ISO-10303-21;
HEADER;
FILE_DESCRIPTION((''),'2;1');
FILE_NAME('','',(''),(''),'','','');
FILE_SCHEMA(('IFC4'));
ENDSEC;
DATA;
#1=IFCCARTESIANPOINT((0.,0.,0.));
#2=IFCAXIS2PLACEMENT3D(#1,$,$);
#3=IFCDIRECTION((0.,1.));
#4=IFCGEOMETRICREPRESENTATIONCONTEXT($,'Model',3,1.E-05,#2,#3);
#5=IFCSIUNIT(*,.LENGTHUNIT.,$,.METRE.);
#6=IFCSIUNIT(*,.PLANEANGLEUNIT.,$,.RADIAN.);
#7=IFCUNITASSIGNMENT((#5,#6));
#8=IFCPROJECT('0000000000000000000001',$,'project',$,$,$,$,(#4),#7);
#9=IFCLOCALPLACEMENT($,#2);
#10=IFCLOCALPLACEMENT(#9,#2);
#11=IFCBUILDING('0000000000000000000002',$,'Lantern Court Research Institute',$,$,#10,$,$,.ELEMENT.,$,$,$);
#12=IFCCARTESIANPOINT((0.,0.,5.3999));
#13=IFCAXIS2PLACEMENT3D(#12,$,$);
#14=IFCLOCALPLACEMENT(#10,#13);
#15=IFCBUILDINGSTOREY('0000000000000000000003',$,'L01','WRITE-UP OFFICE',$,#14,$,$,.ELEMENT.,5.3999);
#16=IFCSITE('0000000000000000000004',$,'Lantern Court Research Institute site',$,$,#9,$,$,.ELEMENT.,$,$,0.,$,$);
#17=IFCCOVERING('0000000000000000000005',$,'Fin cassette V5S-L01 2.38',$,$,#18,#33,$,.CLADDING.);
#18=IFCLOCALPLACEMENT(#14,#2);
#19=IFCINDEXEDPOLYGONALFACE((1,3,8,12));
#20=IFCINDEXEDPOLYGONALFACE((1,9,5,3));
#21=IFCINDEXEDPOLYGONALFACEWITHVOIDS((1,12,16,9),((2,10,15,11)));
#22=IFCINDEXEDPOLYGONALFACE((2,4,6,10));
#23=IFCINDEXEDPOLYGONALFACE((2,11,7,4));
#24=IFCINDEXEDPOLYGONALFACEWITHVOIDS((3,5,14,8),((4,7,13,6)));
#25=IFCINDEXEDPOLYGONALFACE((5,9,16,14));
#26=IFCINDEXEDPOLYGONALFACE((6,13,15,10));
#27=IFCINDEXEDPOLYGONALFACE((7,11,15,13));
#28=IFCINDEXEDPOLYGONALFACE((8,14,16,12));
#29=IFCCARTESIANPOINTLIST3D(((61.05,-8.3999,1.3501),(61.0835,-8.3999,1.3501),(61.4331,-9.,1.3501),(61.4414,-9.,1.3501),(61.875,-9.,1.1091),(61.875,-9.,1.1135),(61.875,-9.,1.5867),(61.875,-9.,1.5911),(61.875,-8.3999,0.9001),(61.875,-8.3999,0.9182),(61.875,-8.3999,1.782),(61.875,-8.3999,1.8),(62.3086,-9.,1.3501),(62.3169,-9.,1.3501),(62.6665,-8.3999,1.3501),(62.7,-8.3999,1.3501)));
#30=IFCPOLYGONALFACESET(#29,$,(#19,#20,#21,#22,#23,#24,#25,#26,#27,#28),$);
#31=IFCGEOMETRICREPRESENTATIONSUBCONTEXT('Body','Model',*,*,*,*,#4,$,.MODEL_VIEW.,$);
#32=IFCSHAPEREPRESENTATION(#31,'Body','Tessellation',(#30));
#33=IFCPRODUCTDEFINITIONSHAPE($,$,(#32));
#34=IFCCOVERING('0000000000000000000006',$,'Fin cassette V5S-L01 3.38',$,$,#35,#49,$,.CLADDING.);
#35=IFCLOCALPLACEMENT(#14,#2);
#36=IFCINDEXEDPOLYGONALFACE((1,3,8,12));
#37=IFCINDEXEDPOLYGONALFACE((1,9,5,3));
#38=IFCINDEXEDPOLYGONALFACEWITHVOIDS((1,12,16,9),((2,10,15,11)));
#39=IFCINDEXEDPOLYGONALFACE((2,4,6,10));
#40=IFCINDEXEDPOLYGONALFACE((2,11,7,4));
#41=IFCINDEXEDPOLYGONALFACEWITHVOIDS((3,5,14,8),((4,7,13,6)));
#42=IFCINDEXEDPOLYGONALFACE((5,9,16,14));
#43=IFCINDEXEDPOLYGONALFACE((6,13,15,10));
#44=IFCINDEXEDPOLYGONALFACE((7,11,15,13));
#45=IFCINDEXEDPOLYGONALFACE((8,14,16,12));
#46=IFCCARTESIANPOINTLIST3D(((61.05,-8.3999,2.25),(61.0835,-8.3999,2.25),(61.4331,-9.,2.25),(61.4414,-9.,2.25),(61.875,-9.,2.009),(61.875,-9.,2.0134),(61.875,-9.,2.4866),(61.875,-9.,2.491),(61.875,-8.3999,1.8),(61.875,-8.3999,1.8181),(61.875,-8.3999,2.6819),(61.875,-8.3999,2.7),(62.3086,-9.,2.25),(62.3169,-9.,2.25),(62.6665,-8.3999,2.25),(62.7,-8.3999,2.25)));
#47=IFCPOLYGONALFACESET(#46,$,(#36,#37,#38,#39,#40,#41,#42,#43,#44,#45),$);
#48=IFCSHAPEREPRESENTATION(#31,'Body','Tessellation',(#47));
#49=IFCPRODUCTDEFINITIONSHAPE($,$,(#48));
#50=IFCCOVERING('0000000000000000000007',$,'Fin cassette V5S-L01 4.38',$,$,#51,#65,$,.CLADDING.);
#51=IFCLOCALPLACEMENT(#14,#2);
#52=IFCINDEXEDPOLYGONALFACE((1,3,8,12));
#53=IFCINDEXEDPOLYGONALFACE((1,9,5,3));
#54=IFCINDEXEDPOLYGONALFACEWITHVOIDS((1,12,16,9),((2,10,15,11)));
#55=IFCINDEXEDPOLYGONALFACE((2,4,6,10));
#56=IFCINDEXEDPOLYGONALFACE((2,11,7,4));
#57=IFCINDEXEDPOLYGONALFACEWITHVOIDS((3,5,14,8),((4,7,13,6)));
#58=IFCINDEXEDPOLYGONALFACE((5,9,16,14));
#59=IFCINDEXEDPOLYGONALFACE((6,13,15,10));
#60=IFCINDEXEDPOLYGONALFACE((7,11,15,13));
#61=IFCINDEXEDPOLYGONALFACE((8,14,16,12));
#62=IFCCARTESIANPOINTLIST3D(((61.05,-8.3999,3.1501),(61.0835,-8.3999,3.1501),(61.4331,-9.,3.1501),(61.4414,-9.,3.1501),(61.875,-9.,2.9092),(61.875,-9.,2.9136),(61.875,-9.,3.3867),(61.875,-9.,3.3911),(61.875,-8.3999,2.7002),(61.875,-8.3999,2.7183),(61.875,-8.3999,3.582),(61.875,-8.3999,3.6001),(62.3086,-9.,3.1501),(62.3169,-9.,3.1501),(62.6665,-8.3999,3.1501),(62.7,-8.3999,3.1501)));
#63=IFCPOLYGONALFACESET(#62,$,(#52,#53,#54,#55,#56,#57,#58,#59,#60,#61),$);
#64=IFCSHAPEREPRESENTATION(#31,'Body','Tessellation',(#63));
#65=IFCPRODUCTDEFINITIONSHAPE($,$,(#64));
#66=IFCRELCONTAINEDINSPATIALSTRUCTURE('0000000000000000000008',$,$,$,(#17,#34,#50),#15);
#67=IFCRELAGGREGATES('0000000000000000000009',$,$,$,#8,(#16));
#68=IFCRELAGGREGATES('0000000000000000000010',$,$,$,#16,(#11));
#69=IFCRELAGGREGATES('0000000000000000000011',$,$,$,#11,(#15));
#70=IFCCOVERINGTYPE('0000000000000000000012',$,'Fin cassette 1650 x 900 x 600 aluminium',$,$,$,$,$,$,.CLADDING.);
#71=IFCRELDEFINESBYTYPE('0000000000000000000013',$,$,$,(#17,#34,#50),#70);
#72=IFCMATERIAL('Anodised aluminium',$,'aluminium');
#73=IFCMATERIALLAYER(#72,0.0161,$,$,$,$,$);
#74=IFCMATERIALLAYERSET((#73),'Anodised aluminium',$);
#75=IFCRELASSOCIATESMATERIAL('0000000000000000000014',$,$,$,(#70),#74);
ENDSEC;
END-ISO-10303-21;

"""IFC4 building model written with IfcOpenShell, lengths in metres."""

from ifc_helpers import new_model, entity, si_unit, direction, frame, origin, place, context, subcontext, project, spatial, material, layer, layer_set, type_object, element, save


model = new_model("IFC4")

# Units and contexts
model_context = context("Model", 3, precision=1e-05, world=origin(), true_north=direction((0.0, 1.0)))
body_context = subcontext(model_context, "Body", "Model", "MODEL_VIEW")
ifc_project = project(units=[si_unit("LENGTHUNIT", "METRE"), si_unit("PLANEANGLEUNIT", "RADIAN")], contexts=[model_context])

# Site, building, storey
site_placement = place(None, origin())
site = spatial("IfcSite", under=ifc_project, at=site_placement, Name="Lantern Court Research Institute site", CompositionType="ELEMENT", RefElevation=0.0)
building_placement = place(site_placement, origin())
building = spatial("IfcBuilding", under=site, at=building_placement, Name="Lantern Court Research Institute", CompositionType="ELEMENT")
storey_placement = place(building_placement, frame((0.0, 0.0, 5.3999)))
storey = spatial("IfcBuildingStorey", under=building, at=storey_placement, Name="L01", Description="WRITE-UP OFFICE", CompositionType="ELEMENT", Elevation=5.3999)

# Coverings
ifc_material_1 = material(Name="Anodised aluminium", Category="aluminium")
ifc_layer_1 = layer(ifc_material_1, 0.0161)
ifc_layer_set_1 = layer_set([ifc_layer_1], Name="Anodised aluminium")
covering_type = type_object("IfcCoveringType", Name="Fin cassette 1650 x 900 x 600 aluminium", PredefinedType="CLADDING", material=ifc_layer_set_1)
covering_1_placement = place(storey_placement, frame((61.875, -8.3999, 1.3501), z_axis=(0.0, -1.0, 0.0), x_axis=(1.0, 0.0, 0.0)))
cartesian_point_1 = entity("IfcCartesianPoint", [0.825, 0.0])
cartesian_point_2 = entity("IfcCartesianPoint", [0.7915, 0.0])
cartesian_point_3 = entity("IfcCartesianPoint", [0.4419, 0.0])
cartesian_point_4 = entity("IfcCartesianPoint", [0.4336, 0.0])
element("IfcCovering", 1, at=covering_1_placement, inside=storey, type_object=covering_type, Name="Fin cassette V5S-L01 2.38", PredefinedType="CLADDING", context=body_context, shape_type="SweptSolid", body=[
    entity("IfcExtrudedAreaSolidTapered", entity("IfcArbitraryProfileDefWithVoids", "AREA", None, entity("IfcPolyline", [cartesian_point_1, entity("IfcCartesianPoint", [0.0, 0.45]), entity("IfcCartesianPoint", [-0.825, 0.0]), entity("IfcCartesianPoint", [0.0, -0.45]), cartesian_point_1]), [entity("IfcPolyline", [cartesian_point_2, entity("IfcCartesianPoint", [0.0, 0.4319]), entity("IfcCartesianPoint", [-0.7915, 0.0]), entity("IfcCartesianPoint", [0.0, -0.4319]), cartesian_point_2])]), entity("IfcAxis2Placement3D", entity("IfcCartesianPoint", [0.0, 0.0, 0.0])), entity("IfcDirection", [0.0, 0.0, 1.0]), 0.6001, entity("IfcArbitraryProfileDefWithVoids", "AREA", None, entity("IfcPolyline", [cartesian_point_3, entity("IfcCartesianPoint", [0.0, 0.241]), entity("IfcCartesianPoint", [-0.4419, 0.0]), entity("IfcCartesianPoint", [0.0, -0.241]), cartesian_point_3]), [entity("IfcPolyline", [cartesian_point_4, entity("IfcCartesianPoint", [0.0, 0.2366]), entity("IfcCartesianPoint", [-0.4336, 0.0]), entity("IfcCartesianPoint", [0.0, -0.2366]), cartesian_point_4])])),
])
covering_2_placement = place(storey_placement, frame((61.875, -8.3999, 2.25), z_axis=(0.0, -1.0, 0.0), x_axis=(1.0, 0.0, 0.0)))
cartesian_point_5 = entity("IfcCartesianPoint", [0.825, 0.0])
cartesian_point_6 = entity("IfcCartesianPoint", [0.7915, 0.0])
cartesian_point_7 = entity("IfcCartesianPoint", [0.4419, 0.0])
cartesian_point_8 = entity("IfcCartesianPoint", [0.4336, 0.0])
element("IfcCovering", 2, at=covering_2_placement, inside=storey, type_object=covering_type, Name="Fin cassette V5S-L01 3.38", PredefinedType="CLADDING", context=body_context, shape_type="SweptSolid", body=[
    entity("IfcExtrudedAreaSolidTapered", entity("IfcArbitraryProfileDefWithVoids", "AREA", None, entity("IfcPolyline", [cartesian_point_5, entity("IfcCartesianPoint", [0.0, 0.45]), entity("IfcCartesianPoint", [-0.825, 0.0]), entity("IfcCartesianPoint", [0.0, -0.45]), cartesian_point_5]), [entity("IfcPolyline", [cartesian_point_6, entity("IfcCartesianPoint", [0.0, 0.4319]), entity("IfcCartesianPoint", [-0.7915, 0.0]), entity("IfcCartesianPoint", [0.0, -0.4319]), cartesian_point_6])]), entity("IfcAxis2Placement3D", entity("IfcCartesianPoint", [0.0, 0.0, 0.0])), entity("IfcDirection", [0.0, 0.0, 1.0]), 0.6001, entity("IfcArbitraryProfileDefWithVoids", "AREA", None, entity("IfcPolyline", [cartesian_point_7, entity("IfcCartesianPoint", [0.0, 0.241]), entity("IfcCartesianPoint", [-0.4419, 0.0]), entity("IfcCartesianPoint", [0.0, -0.241]), cartesian_point_7]), [entity("IfcPolyline", [cartesian_point_8, entity("IfcCartesianPoint", [0.0, 0.2366]), entity("IfcCartesianPoint", [-0.4336, 0.0]), entity("IfcCartesianPoint", [0.0, -0.2366]), cartesian_point_8])])),
])
covering_3_placement = place(storey_placement, frame((61.875, -8.3999, 3.1501), z_axis=(0.0, -1.0, 0.0), x_axis=(1.0, 0.0, 0.0)))
cartesian_point_9 = entity("IfcCartesianPoint", [0.825, 0.0])
cartesian_point_10 = entity("IfcCartesianPoint", [0.7915, 0.0])
cartesian_point_11 = entity("IfcCartesianPoint", [0.4419, 0.0])
cartesian_point_12 = entity("IfcCartesianPoint", [0.4336, 0.0])
element("IfcCovering", 3, at=covering_3_placement, inside=storey, type_object=covering_type, Name="Fin cassette V5S-L01 4.38", PredefinedType="CLADDING", context=body_context, shape_type="SweptSolid", body=[
    entity("IfcExtrudedAreaSolidTapered", entity("IfcArbitraryProfileDefWithVoids", "AREA", None, entity("IfcPolyline", [cartesian_point_9, entity("IfcCartesianPoint", [0.0, 0.45]), entity("IfcCartesianPoint", [-0.825, 0.0]), entity("IfcCartesianPoint", [0.0, -0.45]), cartesian_point_9]), [entity("IfcPolyline", [cartesian_point_10, entity("IfcCartesianPoint", [0.0, 0.4319]), entity("IfcCartesianPoint", [-0.7915, 0.0]), entity("IfcCartesianPoint", [0.0, -0.4319]), cartesian_point_10])]), entity("IfcAxis2Placement3D", entity("IfcCartesianPoint", [0.0, 0.0, 0.0])), entity("IfcDirection", [0.0, 0.0, 1.0]), 0.6001, entity("IfcArbitraryProfileDefWithVoids", "AREA", None, entity("IfcPolyline", [cartesian_point_11, entity("IfcCartesianPoint", [0.0, 0.241]), entity("IfcCartesianPoint", [-0.4419, 0.0]), entity("IfcCartesianPoint", [0.0, -0.241]), cartesian_point_11]), [entity("IfcPolyline", [cartesian_point_12, entity("IfcCartesianPoint", [0.0, 0.2366]), entity("IfcCartesianPoint", [-0.4336, 0.0]), entity("IfcCartesianPoint", [0.0, -0.2366]), cartesian_point_12])])),
])

save(model, "model.ifc")
